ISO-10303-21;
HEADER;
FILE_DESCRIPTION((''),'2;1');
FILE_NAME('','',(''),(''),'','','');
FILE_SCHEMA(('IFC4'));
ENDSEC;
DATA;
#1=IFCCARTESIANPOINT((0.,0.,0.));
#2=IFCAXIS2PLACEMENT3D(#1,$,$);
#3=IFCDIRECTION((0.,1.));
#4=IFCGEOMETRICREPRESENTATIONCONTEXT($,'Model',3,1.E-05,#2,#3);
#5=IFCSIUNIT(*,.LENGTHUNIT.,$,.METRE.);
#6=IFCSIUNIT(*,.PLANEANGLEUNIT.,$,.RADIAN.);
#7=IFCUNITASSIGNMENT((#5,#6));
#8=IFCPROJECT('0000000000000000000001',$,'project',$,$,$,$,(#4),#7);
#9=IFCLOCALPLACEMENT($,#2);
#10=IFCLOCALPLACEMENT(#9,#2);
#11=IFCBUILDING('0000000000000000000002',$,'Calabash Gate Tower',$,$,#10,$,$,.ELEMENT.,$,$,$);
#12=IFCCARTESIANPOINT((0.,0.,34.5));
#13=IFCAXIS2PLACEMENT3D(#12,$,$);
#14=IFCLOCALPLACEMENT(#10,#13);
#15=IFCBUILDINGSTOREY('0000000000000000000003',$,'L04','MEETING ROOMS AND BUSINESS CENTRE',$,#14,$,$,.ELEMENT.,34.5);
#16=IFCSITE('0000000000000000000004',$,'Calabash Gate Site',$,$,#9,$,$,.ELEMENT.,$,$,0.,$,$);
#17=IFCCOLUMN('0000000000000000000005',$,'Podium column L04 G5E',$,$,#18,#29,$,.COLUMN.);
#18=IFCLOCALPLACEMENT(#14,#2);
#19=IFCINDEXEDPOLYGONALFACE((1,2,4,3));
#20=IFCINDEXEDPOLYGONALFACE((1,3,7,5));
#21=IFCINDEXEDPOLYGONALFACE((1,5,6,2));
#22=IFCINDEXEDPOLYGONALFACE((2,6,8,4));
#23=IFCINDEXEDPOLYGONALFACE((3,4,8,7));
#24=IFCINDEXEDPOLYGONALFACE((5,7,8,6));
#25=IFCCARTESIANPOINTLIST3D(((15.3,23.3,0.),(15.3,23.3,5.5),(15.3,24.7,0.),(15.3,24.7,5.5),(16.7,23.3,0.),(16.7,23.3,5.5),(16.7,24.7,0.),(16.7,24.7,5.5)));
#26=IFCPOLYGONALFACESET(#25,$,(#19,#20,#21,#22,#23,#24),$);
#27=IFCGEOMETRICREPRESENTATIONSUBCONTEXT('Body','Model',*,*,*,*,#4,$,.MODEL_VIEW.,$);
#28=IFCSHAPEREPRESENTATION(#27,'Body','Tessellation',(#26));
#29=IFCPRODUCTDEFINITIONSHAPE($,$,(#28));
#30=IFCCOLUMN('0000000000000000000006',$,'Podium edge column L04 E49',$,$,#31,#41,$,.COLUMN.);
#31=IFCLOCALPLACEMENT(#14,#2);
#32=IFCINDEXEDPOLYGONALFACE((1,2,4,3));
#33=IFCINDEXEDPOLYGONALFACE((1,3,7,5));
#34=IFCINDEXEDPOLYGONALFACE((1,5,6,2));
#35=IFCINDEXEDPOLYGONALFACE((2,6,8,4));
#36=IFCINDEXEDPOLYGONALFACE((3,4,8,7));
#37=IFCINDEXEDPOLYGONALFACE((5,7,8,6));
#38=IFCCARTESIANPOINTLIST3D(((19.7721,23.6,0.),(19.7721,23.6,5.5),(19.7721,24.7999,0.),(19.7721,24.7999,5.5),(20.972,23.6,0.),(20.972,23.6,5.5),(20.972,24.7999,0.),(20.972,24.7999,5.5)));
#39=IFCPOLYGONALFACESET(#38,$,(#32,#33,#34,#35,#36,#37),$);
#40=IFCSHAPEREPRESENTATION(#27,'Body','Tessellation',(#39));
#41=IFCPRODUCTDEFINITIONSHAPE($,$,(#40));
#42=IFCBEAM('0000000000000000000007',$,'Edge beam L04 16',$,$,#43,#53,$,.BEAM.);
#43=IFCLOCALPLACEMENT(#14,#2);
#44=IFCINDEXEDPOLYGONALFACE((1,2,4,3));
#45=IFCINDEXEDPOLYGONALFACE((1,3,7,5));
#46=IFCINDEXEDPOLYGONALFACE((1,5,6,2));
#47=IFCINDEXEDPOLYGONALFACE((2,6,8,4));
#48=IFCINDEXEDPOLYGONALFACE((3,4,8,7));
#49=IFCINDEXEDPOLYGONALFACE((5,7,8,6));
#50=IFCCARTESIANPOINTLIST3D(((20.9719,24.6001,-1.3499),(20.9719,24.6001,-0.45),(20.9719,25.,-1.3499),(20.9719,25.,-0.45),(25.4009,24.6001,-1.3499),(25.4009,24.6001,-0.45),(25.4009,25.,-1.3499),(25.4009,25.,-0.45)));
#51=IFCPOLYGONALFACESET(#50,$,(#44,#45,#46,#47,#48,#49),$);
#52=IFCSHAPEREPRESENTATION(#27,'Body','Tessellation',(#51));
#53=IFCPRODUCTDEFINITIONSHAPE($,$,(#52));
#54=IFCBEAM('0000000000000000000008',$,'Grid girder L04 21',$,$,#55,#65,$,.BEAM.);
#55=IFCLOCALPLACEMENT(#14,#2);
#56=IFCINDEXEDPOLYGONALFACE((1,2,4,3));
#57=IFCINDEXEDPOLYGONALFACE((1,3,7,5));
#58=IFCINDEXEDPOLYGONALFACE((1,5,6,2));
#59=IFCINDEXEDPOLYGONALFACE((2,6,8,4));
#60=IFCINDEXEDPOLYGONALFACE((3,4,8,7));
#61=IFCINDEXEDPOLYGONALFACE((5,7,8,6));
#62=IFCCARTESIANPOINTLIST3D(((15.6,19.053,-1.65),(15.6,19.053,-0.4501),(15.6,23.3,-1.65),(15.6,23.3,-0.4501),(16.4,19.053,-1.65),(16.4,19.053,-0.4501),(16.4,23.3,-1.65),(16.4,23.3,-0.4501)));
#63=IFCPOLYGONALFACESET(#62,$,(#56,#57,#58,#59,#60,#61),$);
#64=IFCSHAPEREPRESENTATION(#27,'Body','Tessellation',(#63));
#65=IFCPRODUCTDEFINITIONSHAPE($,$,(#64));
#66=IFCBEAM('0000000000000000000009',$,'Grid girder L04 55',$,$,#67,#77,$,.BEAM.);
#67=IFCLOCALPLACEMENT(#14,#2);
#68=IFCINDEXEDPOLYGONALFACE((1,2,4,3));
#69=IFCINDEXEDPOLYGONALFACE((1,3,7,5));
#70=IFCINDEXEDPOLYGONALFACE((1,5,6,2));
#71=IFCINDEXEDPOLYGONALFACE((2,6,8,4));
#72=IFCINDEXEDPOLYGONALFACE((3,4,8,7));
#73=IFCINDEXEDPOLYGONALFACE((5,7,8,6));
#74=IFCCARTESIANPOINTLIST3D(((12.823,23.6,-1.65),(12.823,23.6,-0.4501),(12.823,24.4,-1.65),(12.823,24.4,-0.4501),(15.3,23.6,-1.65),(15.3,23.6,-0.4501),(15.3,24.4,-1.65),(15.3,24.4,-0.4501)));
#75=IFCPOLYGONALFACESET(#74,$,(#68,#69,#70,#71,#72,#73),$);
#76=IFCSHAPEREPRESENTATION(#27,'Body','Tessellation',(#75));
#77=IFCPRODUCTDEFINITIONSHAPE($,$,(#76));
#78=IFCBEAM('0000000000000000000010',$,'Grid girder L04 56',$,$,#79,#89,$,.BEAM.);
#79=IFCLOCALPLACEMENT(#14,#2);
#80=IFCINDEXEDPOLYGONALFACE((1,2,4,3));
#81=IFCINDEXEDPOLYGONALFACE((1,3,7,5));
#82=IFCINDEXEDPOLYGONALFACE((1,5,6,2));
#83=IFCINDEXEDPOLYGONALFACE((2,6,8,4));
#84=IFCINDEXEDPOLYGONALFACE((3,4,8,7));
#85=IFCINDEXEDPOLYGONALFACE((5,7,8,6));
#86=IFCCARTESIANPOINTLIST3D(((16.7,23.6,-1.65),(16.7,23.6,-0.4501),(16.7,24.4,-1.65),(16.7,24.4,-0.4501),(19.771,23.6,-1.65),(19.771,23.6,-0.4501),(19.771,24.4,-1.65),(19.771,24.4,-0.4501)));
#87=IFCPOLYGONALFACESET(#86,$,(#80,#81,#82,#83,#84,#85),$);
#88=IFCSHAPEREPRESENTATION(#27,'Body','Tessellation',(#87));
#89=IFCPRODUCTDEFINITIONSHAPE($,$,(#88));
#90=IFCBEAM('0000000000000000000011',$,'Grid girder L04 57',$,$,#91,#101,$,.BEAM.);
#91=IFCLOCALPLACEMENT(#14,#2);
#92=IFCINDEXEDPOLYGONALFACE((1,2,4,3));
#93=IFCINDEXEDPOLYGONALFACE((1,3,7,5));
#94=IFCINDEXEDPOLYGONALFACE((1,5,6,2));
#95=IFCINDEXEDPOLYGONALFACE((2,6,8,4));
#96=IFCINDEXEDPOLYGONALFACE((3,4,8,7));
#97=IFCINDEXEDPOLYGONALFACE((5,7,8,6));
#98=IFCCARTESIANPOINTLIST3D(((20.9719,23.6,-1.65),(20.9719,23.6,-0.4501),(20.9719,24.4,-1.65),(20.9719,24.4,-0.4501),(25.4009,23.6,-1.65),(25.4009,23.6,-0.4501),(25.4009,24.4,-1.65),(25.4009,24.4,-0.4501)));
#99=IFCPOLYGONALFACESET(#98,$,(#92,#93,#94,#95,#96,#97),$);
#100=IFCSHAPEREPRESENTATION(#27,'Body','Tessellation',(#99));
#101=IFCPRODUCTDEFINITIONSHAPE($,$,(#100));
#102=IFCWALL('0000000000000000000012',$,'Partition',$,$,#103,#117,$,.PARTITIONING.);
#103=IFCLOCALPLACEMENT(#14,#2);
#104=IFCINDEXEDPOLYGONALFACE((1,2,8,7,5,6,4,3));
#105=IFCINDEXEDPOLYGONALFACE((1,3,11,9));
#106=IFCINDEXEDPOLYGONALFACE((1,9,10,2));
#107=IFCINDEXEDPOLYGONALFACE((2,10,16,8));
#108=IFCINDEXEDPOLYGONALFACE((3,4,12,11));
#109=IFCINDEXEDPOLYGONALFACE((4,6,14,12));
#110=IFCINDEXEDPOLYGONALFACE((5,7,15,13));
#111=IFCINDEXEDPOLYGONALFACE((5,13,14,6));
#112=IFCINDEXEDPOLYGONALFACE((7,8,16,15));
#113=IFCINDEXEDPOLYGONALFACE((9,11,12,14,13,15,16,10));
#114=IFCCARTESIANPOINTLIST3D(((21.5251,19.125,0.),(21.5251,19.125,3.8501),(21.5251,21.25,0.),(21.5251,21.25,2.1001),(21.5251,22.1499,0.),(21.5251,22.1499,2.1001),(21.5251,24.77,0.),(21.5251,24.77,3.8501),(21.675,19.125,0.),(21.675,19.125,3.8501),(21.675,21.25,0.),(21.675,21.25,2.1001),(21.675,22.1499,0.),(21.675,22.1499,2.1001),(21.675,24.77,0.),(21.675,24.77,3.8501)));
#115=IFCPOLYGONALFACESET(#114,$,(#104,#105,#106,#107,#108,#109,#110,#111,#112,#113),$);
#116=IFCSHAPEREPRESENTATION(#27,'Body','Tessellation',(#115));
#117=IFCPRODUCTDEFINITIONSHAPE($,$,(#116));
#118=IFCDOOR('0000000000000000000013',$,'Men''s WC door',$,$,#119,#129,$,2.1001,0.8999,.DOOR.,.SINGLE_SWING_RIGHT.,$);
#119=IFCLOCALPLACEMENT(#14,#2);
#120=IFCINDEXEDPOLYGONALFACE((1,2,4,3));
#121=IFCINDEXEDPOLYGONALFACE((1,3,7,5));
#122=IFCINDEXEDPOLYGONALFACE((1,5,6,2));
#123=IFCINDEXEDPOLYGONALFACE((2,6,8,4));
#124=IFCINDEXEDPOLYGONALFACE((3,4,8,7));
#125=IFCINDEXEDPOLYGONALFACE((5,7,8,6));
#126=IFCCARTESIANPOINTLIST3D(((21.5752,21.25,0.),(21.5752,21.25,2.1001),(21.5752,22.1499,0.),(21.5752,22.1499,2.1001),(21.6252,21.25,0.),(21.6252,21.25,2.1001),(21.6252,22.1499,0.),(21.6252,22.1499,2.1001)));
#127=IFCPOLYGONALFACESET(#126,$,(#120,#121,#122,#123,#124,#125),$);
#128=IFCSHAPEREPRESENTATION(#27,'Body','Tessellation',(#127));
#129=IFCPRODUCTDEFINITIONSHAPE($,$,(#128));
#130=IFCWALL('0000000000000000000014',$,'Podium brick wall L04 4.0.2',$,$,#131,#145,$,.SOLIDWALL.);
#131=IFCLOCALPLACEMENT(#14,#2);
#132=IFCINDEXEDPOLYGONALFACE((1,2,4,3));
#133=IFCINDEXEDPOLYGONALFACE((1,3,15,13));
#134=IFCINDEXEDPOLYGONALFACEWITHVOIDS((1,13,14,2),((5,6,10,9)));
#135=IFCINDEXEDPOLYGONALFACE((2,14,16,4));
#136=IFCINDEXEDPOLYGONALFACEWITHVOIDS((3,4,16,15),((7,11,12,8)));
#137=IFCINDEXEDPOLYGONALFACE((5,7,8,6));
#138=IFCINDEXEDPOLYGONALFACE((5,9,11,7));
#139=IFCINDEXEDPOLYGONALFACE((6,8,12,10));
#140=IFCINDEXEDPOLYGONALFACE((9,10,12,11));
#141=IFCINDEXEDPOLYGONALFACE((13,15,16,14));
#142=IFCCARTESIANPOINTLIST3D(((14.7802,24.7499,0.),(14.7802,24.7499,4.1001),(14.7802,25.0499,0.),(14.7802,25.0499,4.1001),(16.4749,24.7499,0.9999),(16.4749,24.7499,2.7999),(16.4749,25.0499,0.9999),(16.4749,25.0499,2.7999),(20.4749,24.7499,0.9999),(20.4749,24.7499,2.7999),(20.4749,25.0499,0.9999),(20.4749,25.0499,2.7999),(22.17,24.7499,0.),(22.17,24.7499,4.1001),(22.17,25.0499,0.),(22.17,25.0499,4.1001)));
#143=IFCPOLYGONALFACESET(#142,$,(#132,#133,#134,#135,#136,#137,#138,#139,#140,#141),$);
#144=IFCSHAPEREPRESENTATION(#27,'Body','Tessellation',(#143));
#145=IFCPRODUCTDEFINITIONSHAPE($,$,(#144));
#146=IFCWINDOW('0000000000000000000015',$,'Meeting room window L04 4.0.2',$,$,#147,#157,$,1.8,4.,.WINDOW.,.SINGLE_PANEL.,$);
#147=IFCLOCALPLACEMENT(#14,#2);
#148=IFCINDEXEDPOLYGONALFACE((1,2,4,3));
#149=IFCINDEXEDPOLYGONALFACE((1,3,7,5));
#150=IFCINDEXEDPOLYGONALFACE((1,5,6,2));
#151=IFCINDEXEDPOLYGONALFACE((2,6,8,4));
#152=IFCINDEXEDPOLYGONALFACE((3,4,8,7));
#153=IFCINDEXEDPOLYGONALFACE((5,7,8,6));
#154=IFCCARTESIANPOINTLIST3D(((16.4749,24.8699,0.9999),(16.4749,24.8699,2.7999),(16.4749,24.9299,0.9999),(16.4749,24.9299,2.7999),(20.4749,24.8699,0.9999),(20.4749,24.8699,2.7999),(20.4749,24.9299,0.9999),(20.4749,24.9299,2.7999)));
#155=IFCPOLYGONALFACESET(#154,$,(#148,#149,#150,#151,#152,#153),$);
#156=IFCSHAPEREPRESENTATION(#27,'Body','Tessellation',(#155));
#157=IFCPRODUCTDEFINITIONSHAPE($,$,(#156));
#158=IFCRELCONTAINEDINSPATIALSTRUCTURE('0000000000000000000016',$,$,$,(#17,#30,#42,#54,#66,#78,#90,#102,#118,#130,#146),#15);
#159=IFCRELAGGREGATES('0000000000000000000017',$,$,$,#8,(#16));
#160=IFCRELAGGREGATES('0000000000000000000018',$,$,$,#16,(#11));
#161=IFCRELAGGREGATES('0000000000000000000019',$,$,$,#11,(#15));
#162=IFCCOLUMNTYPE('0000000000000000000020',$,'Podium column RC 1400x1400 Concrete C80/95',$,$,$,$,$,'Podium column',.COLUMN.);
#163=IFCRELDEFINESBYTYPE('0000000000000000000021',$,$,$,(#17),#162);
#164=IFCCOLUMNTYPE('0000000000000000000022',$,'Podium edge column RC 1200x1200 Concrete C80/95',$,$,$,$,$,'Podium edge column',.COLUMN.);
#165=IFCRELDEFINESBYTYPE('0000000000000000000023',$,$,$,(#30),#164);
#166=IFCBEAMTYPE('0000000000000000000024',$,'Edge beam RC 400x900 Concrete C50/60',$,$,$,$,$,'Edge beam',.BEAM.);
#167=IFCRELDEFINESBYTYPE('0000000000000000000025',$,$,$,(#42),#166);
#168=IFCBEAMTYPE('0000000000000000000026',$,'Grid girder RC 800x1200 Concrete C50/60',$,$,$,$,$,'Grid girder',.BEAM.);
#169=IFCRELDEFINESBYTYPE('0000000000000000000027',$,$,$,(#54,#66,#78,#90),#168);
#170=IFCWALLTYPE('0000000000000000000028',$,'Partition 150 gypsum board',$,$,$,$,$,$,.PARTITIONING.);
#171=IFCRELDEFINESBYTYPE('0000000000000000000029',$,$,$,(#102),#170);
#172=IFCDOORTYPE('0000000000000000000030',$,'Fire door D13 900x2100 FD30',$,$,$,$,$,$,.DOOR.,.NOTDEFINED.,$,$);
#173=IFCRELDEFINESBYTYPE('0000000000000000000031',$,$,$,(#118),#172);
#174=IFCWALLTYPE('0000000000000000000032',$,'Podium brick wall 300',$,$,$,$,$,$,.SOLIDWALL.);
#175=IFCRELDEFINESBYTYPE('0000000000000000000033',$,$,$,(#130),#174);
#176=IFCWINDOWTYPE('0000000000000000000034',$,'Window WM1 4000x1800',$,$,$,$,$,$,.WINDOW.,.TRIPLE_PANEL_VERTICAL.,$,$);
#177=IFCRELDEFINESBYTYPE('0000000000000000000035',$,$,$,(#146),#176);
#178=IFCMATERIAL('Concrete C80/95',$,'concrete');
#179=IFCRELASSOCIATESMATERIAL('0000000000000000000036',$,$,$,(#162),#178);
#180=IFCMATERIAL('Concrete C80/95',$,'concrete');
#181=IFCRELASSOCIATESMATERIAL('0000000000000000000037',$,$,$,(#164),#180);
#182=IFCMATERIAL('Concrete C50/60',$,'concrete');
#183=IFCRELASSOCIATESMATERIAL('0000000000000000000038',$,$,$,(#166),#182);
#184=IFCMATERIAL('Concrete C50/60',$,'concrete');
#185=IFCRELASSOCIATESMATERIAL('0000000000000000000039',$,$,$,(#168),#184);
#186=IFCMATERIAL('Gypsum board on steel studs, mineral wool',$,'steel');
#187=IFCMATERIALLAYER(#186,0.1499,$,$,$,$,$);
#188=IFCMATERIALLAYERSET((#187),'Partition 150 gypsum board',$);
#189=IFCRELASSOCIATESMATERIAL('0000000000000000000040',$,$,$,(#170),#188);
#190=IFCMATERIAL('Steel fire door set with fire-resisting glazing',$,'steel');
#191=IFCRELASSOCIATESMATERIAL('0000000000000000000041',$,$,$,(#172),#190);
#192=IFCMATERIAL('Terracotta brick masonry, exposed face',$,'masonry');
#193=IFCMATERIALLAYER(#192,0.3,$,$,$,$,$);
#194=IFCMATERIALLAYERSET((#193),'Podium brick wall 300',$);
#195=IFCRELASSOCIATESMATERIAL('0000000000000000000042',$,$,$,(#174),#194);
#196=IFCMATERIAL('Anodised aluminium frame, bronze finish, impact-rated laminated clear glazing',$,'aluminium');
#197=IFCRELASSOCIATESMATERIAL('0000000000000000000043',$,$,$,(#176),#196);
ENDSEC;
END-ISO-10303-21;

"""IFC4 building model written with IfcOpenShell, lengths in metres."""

from ifc_helpers import new_model, si_unit, direction, frame, frame_2d, origin, origin_2d, place, context, subcontext, project, spatial, rectangle, extrude, material, layer, layer_set, material_profile, profile_set, type_object, element, fill, save


model = new_model("IFC4")

# Units and contexts
model_context = context("Model", 3, precision=1e-05, world=origin(), true_north=direction((0.0, 1.0)))
body_context = subcontext(model_context, "Body", "Model", "MODEL_VIEW")
ifc_project = project(units=[si_unit("LENGTHUNIT", "METRE"), si_unit("PLANEANGLEUNIT", "RADIAN")], contexts=[model_context])

# Site, building, storey
site_placement = place(None, origin())
site = spatial("IfcSite", under=ifc_project, at=site_placement, Name="Calabash Gate Site", CompositionType="ELEMENT", RefElevation=0.0)
building_placement = place(site_placement, origin())
building = spatial("IfcBuilding", under=site, at=building_placement, Name="Calabash Gate Tower", CompositionType="ELEMENT")
storey_placement = place(building_placement, frame((0.0, 0.0, 34.5)))
storey = spatial("IfcBuildingStorey", under=building, at=storey_placement, Name="L04", Description="MEETING ROOMS AND BUSINESS CENTRE", CompositionType="ELEMENT", Elevation=34.5)

# Columns
ifc_material_1 = material(Name="Concrete C80/95", Category="concrete")
ifc_material_profile_1 = material_profile(ifc_material_1, rectangle(XDim=1.3999, YDim=1.3999, at=origin_2d()))
ifc_profile_set_1 = profile_set([ifc_material_profile_1], Name="Concrete C80/95")
column_type_1 = type_object("IfcColumnType", Name="Podium column RC 1400x1400 Concrete C80/95", ElementType="Podium column", PredefinedType="COLUMN", material=ifc_profile_set_1)
column_1_placement = place(storey_placement, frame((16.0, 24.0, 0.0), z_axis=(0.0, 0.0, 1.0), x_axis=(1.0, 0.0, 0.0)))
element("IfcColumn", 1, at=column_1_placement, inside=storey, type_object=column_type_1, Name="Podium column L04 G5E", PredefinedType="COLUMN", context=body_context, shape_type="SweptSolid", body=[
    extrude(rectangle(XDim=1.3999, YDim=1.3999, at=origin_2d()), origin(), (0.0, 0.0, 1.0), 5.5),
])
ifc_material_2 = material(Name="Concrete C80/95", Category="concrete")
ifc_material_profile_2 = material_profile(ifc_material_2, rectangle(XDim=1.2, YDim=1.2, at=origin_2d()))
ifc_profile_set_2 = profile_set([ifc_material_profile_2], Name="Concrete C80/95")
column_type_2 = type_object("IfcColumnType", Name="Podium edge column RC 1200x1200 Concrete C80/95", ElementType="Podium edge column", PredefinedType="COLUMN", material=ifc_profile_set_2)
column_2_placement = place(storey_placement, frame((20.3721, 24.2, 0.0), z_axis=(0.0, 0.0, 1.0), x_axis=(1.0, 0.0, 0.0)))
element("IfcColumn", 2, at=column_2_placement, inside=storey, type_object=column_type_2, Name="Podium edge column L04 E49", PredefinedType="COLUMN", context=body_context, shape_type="SweptSolid", body=[
    extrude(rectangle(XDim=1.2, YDim=1.2, at=origin_2d()), origin(), (0.0, 0.0, 1.0), 5.5),
])

# Beams
ifc_material_3 = material(Name="Concrete C50/60", Category="concrete")
ifc_material_profile_3 = material_profile(ifc_material_3, rectangle(XDim=0.3999, YDim=0.8999, at=origin_2d()))
ifc_profile_set_3 = profile_set([ifc_material_profile_3], Name="Concrete C50/60")
beam_type_1 = type_object("IfcBeamType", Name="Edge beam RC 400x900 Concrete C50/60", ElementType="Edge beam", PredefinedType="BEAM", material=ifc_profile_set_3)
beam_1_placement = place(storey_placement, frame((20.9719, 24.8, -0.8999), z_axis=(1.0, 0.0, 0.0), x_axis=(0.0, 1.0, 0.0)))
element("IfcBeam", 3, at=beam_1_placement, inside=storey, type_object=beam_type_1, Name="Edge beam L04 16", PredefinedType="BEAM", context=body_context, shape_type="SweptSolid", body=[
    extrude(rectangle(XDim=0.3999, YDim=0.8999, at=origin_2d()), origin(), (0.0, 0.0, 1.0), 4.429),
])
ifc_material_4 = material(Name="Concrete C50/60", Category="concrete")
ifc_material_profile_4 = material_profile(ifc_material_4, rectangle(XDim=0.8, YDim=1.2, at=origin_2d()))
ifc_profile_set_4 = profile_set([ifc_material_profile_4], Name="Concrete C50/60")
beam_type_2 = type_object("IfcBeamType", Name="Grid girder RC 800x1200 Concrete C50/60", ElementType="Grid girder", PredefinedType="BEAM", material=ifc_profile_set_4)
beam_2_placement = place(storey_placement, frame((16.0, 19.053, -1.05), z_axis=(0.0, 1.0, 0.0), x_axis=(-1.0, 0.0, 0.0)))
element("IfcBeam", 4, at=beam_2_placement, inside=storey, type_object=beam_type_2, Name="Grid girder L04 21", PredefinedType="BEAM", context=body_context, shape_type="SweptSolid", body=[
    extrude(rectangle(XDim=0.8, YDim=1.2, at=origin_2d()), origin(), (0.0, 0.0, 1.0), 4.2471),
])
beam_3_placement = place(storey_placement, frame((12.823, 24.0, -1.05), z_axis=(1.0, 0.0, 0.0), x_axis=(0.0, 1.0, 0.0)))
element("IfcBeam", 5, at=beam_3_placement, inside=storey, type_object=beam_type_2, Name="Grid girder L04 55", PredefinedType="BEAM", context=body_context, shape_type="SweptSolid", body=[
    extrude(rectangle(XDim=0.8, YDim=1.2, at=origin_2d()), origin(), (0.0, 0.0, 1.0), 2.4771),
])
beam_4_placement = place(storey_placement, frame((16.7, 24.0, -1.05), z_axis=(1.0, 0.0, 0.0), x_axis=(0.0, 1.0, 0.0)))
element("IfcBeam", 6, at=beam_4_placement, inside=storey, type_object=beam_type_2, Name="Grid girder L04 56", PredefinedType="BEAM", context=body_context, shape_type="SweptSolid", body=[
    extrude(rectangle(XDim=0.8, YDim=1.2, at=origin_2d()), origin(), (0.0, 0.0, 1.0), 3.071),
])
beam_5_placement = place(storey_placement, frame((20.9719, 24.0, -1.05), z_axis=(1.0, 0.0, 0.0), x_axis=(0.0, 1.0, 0.0)))
element("IfcBeam", 7, at=beam_5_placement, inside=storey, type_object=beam_type_2, Name="Grid girder L04 57", PredefinedType="BEAM", context=body_context, shape_type="SweptSolid", body=[
    extrude(rectangle(XDim=0.8, YDim=1.2, at=origin_2d()), origin(), (0.0, 0.0, 1.0), 4.429),
])

# Wall, opening, door
ifc_material_5 = material(Name="Gypsum board on steel studs, mineral wool", Category="steel")
ifc_layer_1 = layer(ifc_material_5, 0.1499)
ifc_layer_set_1 = layer_set([ifc_layer_1], Name="Partition 150 gypsum board")
wall_type_1 = type_object("IfcWallType", Name="Partition 150 gypsum board", PredefinedType="PARTITIONING", material=ifc_layer_set_1)
wall_1_placement = place(storey_placement, frame((21.6001, 19.125, 0.0), z_axis=(0.0, 0.0, 1.0), x_axis=(0.0, 1.0, 0.0)))
wall_1 = element("IfcWall", 8, at=wall_1_placement, inside=storey, type_object=wall_type_1, Name="Partition", PredefinedType="PARTITIONING", context=body_context, shape_type="SweptSolid", body=[
    extrude(rectangle(XDim=5.645, YDim=0.1499, at=frame_2d((2.8225, 0.0))), origin(), (0.0, 0.0, 1.0), 3.8501),
])
opening_1_placement = place(wall_1_placement, frame((2.125, 0.0, 0.0)))
opening_1 = element("IfcOpeningElement", 9, at=opening_1_placement, cuts=wall_1, PredefinedType="OPENING", context=body_context, shape_type="SweptSolid", body=[
    extrude(rectangle(XDim=0.8999, YDim=2.1001, at=frame_2d((0.45, 1.05))), frame((0.0, 0.085, 0.0), z_axis=(0.0, -1.0, 0.0), x_axis=(1.0, 0.0, 0.0)), (0.0, 0.0, 1.0), 0.1699),
])
ifc_material_6 = material(Name="Steel fire door set with fire-resisting glazing", Category="steel")
door_type = type_object("IfcDoorType", Name="Fire door D13 900x2100 FD30", OperationType="NOTDEFINED", PredefinedType="DOOR", material=ifc_material_6)
door_placement = place(opening_1_placement, origin())
door = element("IfcDoor", 10, at=door_placement, inside=storey, type_object=door_type, Name="Men's WC door", OperationType="SINGLE_SWING_RIGHT", OverallHeight=2.1001, OverallWidth=0.8999, PredefinedType="DOOR", context=body_context, shape_type="SweptSolid", body=[
    extrude(rectangle(XDim=0.8999, YDim=2.1001, at=frame_2d((0.45, 1.05))), frame((0.0, 0.0249, 0.0), z_axis=(0.0, -1.0, 0.0), x_axis=(1.0, 0.0, 0.0)), (0.0, 0.0, 1.0), 0.05),
])
fill(opening_1, door)

# Wall, opening, window
ifc_material_7 = material(Name="Terracotta brick masonry, exposed face", Category="masonry")
ifc_layer_2 = layer(ifc_material_7, 0.3)
ifc_layer_set_2 = layer_set([ifc_layer_2], Name="Podium brick wall 300")
wall_type_2 = type_object("IfcWallType", Name="Podium brick wall 300", PredefinedType="SOLIDWALL", material=ifc_layer_set_2)
wall_2_placement = place(storey_placement, frame((22.1699, 24.8999, 0.0), z_axis=(0.0, 0.0, 1.0), x_axis=(-1.0, 0.0, 0.0)))
wall_2 = element("IfcWall", 11, at=wall_2_placement, inside=storey, type_object=wall_type_2, Name="Podium brick wall L04 4.0.2", PredefinedType="SOLIDWALL", context=body_context, shape_type="SweptSolid", body=[
    extrude(rectangle(XDim=7.3899, YDim=0.3, at=frame_2d((3.6948, 0.0))), origin(), (0.0, 0.0, 1.0), 4.1001),
])
opening_2_placement = place(wall_2_placement, frame((1.6951, 0.0, 1.0)))
opening_2 = element("IfcOpeningElement", 12, at=opening_2_placement, cuts=wall_2, PredefinedType="OPENING", context=body_context, shape_type="SweptSolid", body=[
    extrude(rectangle(XDim=4.0, YDim=1.8, at=frame_2d((2.0, 0.8999))), frame((0.0, 0.1599, 0.0), z_axis=(0.0, -1.0, 0.0), x_axis=(1.0, 0.0, 0.0)), (0.0, 0.0, 1.0), 0.3201),
])
ifc_material_8 = material(Name="Anodised aluminium frame, bronze finish, impact-rated laminated clear glazing", Category="aluminium")
window_type = type_object("IfcWindowType", Name="Window WM1 4000x1800", PartitioningType="TRIPLE_PANEL_VERTICAL", PredefinedType="WINDOW", material=ifc_material_8)
window_1_placement = place(opening_2_placement, origin())
window_1 = element("IfcWindow", 13, at=window_1_placement, inside=storey, type_object=window_type, Name="Meeting room window L04 4.0.2", OverallHeight=1.8, OverallWidth=4.0, PartitioningType="SINGLE_PANEL", PredefinedType="WINDOW", context=body_context, shape_type="SweptSolid", body=[
    extrude(rectangle(XDim=4.0, YDim=1.8, at=frame_2d((2.0, 0.8999))), frame((0.0, 0.03, 0.0), z_axis=(0.0, -1.0, 0.0), x_axis=(1.0, 0.0, 0.0)), (0.0, 0.0, 1.0), 0.0601),
])
fill(opening_2, window_1)

save(model, "model.ifc")
